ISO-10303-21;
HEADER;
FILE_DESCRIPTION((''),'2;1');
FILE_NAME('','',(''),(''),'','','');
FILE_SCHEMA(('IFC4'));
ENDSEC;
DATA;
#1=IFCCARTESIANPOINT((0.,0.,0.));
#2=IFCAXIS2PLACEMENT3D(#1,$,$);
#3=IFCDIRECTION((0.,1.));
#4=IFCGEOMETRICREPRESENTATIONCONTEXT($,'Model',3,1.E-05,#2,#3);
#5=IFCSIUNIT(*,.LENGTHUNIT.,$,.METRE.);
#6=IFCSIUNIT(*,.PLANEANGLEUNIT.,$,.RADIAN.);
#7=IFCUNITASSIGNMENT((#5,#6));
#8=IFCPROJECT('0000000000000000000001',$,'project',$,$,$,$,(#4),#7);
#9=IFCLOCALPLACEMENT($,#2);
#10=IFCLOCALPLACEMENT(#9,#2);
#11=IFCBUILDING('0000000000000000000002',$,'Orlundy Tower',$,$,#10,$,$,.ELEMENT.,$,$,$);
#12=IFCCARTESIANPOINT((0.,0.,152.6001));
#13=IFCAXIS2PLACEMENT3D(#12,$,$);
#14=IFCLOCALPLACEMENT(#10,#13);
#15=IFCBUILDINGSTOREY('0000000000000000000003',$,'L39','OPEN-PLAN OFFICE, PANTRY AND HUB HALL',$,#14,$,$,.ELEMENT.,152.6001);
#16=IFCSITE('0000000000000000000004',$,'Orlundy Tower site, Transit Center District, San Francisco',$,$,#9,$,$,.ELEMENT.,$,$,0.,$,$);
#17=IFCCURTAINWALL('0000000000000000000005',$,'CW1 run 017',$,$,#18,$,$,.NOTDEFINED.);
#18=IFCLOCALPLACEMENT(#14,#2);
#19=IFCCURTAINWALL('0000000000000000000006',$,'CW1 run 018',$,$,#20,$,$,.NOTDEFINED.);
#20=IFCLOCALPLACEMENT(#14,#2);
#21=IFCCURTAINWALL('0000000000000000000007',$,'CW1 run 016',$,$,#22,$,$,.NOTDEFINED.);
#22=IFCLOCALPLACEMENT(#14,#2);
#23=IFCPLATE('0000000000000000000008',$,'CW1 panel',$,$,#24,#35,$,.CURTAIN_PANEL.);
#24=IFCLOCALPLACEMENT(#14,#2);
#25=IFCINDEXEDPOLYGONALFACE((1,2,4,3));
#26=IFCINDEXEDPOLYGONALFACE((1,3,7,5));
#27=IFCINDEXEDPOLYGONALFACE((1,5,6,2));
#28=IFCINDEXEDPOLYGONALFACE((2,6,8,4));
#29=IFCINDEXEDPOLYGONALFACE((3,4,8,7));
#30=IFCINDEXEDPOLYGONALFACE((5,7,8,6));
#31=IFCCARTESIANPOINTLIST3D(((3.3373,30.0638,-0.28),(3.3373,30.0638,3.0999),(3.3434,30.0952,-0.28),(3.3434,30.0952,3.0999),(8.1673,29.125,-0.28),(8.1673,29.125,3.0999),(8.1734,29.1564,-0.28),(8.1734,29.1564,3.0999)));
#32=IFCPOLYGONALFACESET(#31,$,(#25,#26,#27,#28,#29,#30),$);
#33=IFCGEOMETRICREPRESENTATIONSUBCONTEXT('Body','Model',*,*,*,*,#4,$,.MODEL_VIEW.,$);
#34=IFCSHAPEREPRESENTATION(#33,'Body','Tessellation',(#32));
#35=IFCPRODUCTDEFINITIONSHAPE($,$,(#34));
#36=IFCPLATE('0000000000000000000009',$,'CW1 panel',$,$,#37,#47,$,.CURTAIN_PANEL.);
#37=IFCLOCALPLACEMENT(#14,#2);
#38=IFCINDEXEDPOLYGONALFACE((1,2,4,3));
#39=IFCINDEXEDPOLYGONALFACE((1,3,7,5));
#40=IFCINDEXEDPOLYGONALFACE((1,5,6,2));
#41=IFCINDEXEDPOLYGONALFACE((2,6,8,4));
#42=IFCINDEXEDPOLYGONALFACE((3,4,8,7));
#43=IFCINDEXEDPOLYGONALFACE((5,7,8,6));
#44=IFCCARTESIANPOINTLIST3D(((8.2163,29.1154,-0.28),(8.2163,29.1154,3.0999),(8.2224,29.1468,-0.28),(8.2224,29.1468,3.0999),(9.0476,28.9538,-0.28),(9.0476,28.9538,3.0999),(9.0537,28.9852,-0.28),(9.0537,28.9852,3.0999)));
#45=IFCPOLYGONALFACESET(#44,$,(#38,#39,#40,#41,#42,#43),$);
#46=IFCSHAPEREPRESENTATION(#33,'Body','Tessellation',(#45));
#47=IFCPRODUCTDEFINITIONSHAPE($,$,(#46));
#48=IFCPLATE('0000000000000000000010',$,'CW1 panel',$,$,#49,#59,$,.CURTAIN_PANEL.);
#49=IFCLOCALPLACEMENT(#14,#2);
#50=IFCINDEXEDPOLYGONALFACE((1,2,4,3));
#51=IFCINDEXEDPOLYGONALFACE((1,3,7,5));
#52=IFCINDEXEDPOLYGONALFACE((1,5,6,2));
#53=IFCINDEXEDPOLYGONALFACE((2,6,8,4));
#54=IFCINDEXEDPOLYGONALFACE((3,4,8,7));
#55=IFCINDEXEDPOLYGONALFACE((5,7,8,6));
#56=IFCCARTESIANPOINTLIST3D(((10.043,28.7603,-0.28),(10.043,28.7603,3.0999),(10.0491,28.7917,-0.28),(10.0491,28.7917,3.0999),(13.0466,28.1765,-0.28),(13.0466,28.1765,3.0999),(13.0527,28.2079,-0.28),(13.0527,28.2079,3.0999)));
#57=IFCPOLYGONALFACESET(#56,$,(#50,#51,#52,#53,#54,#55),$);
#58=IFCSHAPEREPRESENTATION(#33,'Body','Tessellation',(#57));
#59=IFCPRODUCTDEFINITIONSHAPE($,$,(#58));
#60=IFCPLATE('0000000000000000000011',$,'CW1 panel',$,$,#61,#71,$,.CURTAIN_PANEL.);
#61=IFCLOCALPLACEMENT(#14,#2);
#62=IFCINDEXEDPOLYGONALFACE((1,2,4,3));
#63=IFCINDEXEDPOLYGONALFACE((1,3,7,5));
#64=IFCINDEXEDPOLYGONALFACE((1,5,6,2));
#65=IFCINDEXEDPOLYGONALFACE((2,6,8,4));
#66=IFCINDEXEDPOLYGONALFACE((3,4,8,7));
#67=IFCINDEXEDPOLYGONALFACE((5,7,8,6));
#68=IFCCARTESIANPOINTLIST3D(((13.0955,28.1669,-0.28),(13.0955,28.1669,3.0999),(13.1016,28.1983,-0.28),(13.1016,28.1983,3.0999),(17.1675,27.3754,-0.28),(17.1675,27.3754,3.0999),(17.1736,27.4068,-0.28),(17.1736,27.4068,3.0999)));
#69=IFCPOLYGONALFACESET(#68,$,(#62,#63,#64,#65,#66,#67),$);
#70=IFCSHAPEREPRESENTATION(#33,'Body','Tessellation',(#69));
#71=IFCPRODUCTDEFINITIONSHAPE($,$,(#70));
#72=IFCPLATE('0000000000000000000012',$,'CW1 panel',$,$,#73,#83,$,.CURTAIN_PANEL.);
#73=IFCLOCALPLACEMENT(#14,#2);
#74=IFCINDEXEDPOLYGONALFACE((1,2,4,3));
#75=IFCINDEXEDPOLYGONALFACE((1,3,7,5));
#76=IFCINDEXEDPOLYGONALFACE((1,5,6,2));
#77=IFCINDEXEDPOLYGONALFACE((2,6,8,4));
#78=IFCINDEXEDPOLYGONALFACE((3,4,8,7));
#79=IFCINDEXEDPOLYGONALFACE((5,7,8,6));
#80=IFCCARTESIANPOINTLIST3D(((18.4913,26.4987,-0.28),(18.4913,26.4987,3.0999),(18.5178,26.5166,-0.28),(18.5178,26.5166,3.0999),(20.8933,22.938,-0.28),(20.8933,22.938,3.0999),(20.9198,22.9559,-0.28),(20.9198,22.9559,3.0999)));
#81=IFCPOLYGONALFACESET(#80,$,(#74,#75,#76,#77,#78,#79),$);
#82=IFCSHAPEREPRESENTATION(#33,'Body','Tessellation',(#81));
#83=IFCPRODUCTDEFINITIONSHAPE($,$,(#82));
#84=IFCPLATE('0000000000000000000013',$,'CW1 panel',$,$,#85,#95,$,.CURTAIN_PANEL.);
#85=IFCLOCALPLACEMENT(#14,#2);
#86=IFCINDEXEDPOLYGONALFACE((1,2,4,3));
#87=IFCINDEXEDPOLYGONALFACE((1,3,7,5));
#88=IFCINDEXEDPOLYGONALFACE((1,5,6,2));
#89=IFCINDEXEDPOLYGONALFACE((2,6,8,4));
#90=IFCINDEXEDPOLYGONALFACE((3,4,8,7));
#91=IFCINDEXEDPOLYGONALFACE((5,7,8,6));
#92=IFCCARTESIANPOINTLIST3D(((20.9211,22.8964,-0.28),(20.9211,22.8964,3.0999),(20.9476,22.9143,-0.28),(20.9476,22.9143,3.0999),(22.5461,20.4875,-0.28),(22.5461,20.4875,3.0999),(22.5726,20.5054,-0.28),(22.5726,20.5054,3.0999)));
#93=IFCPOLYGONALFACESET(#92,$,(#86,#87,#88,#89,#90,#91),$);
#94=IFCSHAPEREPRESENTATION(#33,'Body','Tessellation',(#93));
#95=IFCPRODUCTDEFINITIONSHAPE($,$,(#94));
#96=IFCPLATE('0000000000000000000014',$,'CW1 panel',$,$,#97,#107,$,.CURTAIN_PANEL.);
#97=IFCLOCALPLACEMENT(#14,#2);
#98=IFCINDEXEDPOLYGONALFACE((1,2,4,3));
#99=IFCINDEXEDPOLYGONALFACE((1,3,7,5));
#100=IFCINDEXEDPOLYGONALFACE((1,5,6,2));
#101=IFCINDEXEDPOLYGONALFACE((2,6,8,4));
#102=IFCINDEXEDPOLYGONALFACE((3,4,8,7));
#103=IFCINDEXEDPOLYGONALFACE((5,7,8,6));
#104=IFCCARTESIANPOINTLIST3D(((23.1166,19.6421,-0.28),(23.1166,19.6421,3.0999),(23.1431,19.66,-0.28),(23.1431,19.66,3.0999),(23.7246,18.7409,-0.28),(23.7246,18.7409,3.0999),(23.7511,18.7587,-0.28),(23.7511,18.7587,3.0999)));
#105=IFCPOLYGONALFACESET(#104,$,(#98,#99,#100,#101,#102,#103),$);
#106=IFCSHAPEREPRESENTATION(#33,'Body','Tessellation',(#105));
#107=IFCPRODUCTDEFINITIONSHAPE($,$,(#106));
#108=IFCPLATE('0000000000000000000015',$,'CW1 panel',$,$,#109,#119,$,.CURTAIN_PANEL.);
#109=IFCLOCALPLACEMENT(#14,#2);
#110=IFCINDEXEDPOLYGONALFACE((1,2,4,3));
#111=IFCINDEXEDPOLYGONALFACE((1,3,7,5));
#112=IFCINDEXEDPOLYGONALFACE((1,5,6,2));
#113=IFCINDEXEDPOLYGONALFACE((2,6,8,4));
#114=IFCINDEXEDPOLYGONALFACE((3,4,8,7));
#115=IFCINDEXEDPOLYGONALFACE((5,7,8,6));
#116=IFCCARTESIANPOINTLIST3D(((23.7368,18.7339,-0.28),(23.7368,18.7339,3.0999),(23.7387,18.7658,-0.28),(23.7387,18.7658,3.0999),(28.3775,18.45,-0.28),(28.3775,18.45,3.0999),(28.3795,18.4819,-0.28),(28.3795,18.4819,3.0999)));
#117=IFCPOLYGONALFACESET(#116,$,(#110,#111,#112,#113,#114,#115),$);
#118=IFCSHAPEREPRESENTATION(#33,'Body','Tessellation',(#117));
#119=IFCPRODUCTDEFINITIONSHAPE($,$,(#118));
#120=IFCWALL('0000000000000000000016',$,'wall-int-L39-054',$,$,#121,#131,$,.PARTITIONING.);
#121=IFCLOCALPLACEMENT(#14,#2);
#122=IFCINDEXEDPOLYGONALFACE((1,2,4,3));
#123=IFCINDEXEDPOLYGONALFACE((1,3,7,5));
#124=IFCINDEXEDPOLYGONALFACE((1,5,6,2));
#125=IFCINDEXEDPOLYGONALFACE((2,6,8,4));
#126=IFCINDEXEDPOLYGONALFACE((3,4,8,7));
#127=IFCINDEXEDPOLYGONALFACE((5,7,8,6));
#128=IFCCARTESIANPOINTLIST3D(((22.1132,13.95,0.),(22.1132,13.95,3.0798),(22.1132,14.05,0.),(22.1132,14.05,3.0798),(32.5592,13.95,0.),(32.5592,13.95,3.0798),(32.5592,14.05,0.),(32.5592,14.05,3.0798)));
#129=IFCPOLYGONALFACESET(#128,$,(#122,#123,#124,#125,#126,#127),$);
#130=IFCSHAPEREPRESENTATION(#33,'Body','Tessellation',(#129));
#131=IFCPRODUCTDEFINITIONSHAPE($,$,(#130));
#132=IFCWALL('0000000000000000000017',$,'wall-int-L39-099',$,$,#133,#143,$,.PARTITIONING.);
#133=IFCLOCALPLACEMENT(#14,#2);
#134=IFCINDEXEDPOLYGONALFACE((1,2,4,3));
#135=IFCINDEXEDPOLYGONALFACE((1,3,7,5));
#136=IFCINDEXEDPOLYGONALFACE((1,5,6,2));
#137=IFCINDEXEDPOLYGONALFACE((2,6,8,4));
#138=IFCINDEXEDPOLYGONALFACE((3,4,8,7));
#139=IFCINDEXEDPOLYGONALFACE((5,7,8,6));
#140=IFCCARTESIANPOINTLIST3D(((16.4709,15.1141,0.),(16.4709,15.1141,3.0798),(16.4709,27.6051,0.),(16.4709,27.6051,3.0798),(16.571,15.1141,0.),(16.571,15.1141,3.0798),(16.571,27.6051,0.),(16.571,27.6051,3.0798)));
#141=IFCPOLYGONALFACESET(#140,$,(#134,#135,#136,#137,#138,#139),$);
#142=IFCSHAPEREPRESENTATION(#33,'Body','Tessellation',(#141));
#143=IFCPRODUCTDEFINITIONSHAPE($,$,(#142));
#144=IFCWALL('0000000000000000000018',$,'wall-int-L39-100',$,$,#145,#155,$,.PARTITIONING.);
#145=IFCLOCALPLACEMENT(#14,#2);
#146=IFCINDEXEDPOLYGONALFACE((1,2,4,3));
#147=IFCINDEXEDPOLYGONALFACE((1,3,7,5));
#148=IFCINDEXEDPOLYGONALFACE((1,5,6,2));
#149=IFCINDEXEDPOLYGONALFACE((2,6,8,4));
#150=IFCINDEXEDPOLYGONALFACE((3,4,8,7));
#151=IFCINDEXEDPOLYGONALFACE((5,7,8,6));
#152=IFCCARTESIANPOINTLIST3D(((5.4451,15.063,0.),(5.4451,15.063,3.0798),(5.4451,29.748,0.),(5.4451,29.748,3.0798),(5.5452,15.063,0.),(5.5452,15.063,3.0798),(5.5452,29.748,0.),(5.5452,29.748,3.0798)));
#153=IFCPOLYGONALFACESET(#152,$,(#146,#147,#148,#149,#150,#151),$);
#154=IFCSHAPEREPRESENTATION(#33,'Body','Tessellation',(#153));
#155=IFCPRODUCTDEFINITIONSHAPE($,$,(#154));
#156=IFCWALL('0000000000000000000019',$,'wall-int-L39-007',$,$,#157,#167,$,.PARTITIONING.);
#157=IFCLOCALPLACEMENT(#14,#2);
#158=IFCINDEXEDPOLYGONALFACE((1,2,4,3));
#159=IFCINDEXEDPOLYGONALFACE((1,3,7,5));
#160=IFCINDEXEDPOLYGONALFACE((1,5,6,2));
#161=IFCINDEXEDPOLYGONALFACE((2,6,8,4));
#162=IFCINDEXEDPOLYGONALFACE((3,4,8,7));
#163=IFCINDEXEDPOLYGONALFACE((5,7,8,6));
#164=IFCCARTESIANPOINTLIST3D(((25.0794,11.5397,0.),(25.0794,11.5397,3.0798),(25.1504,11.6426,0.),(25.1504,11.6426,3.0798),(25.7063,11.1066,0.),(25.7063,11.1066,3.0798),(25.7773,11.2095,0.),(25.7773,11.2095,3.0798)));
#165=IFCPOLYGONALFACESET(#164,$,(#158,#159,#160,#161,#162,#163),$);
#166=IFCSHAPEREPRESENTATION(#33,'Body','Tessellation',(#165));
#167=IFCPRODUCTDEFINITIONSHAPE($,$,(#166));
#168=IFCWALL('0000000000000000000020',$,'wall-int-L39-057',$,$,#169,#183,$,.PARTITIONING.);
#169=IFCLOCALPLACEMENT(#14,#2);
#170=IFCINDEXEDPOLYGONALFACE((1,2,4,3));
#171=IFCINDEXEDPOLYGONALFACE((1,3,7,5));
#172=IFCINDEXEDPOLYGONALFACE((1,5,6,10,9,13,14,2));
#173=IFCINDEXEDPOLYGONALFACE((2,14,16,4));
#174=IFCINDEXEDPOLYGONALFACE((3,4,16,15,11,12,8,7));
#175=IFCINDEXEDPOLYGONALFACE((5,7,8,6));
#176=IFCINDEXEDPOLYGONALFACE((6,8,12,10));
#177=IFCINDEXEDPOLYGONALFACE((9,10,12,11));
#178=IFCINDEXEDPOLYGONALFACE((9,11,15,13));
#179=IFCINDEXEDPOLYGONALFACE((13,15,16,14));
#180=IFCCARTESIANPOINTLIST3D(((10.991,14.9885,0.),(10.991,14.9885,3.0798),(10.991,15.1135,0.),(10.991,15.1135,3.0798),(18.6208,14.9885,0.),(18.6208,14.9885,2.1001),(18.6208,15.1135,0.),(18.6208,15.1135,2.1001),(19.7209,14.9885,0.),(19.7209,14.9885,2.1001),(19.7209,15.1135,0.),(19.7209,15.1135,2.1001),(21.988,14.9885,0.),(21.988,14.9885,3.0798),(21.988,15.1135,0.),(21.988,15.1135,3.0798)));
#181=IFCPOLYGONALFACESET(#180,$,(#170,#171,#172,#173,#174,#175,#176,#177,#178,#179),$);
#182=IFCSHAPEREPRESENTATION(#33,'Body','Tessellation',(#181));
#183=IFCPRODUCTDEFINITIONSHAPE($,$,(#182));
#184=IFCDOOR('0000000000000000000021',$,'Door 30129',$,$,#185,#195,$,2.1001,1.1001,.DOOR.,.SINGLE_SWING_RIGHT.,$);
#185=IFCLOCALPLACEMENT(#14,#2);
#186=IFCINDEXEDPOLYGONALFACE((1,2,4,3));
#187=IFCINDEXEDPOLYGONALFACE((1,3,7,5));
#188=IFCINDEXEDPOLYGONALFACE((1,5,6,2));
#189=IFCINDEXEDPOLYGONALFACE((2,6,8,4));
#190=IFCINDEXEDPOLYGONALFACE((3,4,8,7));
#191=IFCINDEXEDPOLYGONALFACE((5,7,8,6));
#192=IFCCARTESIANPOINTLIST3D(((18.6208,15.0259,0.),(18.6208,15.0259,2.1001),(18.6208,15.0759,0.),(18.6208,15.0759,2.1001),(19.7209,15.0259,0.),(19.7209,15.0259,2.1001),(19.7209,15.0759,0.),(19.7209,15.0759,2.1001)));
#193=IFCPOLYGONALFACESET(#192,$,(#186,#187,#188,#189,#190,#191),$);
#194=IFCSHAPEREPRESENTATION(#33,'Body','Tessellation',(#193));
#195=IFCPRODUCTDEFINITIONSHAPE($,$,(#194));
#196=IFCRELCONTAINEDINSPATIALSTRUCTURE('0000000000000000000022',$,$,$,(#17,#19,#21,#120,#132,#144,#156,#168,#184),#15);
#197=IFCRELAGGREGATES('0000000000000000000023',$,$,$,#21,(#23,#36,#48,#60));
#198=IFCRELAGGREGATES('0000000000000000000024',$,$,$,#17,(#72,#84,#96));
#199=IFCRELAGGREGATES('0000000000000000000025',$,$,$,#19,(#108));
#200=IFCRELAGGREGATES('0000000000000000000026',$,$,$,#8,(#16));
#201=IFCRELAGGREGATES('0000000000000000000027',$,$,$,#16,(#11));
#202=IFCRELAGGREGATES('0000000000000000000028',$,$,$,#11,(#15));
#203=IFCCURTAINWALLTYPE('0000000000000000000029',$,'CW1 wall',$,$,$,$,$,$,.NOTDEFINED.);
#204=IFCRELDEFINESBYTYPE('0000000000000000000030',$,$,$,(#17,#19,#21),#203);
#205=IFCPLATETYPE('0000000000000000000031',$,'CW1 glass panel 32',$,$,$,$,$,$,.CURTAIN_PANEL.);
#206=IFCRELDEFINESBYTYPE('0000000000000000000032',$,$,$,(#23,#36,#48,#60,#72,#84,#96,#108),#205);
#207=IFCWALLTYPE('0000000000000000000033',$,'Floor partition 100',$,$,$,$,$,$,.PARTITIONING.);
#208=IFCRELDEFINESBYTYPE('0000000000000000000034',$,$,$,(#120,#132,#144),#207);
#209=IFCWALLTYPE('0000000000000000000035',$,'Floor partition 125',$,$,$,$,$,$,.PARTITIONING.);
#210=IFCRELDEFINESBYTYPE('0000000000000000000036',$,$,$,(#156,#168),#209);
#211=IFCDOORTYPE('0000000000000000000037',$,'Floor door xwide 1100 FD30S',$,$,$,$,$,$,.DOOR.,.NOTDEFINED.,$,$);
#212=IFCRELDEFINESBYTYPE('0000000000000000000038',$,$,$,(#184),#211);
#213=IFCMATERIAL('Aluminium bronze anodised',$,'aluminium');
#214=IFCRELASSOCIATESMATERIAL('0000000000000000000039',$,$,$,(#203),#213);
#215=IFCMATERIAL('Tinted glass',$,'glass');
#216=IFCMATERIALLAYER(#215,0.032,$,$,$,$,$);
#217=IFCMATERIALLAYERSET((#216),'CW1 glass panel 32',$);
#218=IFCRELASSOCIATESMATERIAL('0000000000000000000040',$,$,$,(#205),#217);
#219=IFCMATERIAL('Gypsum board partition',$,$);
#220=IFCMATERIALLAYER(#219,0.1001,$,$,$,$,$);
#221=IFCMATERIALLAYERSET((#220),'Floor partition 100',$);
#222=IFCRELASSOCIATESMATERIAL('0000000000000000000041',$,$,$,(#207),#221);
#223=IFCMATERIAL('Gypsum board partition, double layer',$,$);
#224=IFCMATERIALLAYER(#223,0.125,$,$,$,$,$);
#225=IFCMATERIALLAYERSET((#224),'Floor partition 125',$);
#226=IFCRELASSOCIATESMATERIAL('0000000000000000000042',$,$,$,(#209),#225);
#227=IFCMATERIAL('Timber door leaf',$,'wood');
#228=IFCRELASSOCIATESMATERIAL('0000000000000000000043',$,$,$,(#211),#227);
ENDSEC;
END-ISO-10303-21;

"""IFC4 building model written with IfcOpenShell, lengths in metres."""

from ifc_helpers import new_model, si_unit, direction, frame, frame_2d, origin, origin_2d, place, context, subcontext, project, spatial, rectangle, extrude, material, layer, layer_set, type_object, element, fill, aggregate, save


model = new_model("IFC4")

# Units and contexts
model_context = context("Model", 3, precision=1e-05, world=origin(), true_north=direction((0.0, 1.0)))
body_context = subcontext(model_context, "Body", "Model", "MODEL_VIEW")
ifc_project = project(units=[si_unit("LENGTHUNIT", "METRE"), si_unit("PLANEANGLEUNIT", "RADIAN")], contexts=[model_context])

# Site, building, storey
site_placement = place(None, origin())
site = spatial("IfcSite", under=ifc_project, at=site_placement, Name="Orlundy Tower site, Transit Center District, San Francisco", CompositionType="ELEMENT", RefElevation=0.0)
building_placement = place(site_placement, origin())
building = spatial("IfcBuilding", under=site, at=building_placement, Name="Orlundy Tower", CompositionType="ELEMENT")
storey_placement = place(building_placement, frame((0.0, 0.0, 152.6001)))
storey = spatial("IfcBuildingStorey", under=building, at=storey_placement, Name="L39", Description="OPEN-PLAN OFFICE, PANTRY AND HUB HALL", CompositionType="ELEMENT", Elevation=152.6001)

# Curtain walls
ifc_material_1 = material(Name="Aluminium bronze anodised", Category="aluminium")
curtain_wall_type = type_object("IfcCurtainWallType", Name="CW1 wall", PredefinedType="NOTDEFINED", material=ifc_material_1)
curtain_wall_1_placement = place(storey_placement, origin())
curtain_wall_1 = element("IfcCurtainWall", 1, at=curtain_wall_1_placement, inside=storey, type_object=curtain_wall_type, Name="CW1 run 017", PredefinedType="NOTDEFINED")
curtain_wall_2_placement = place(storey_placement, origin())
curtain_wall_2 = element("IfcCurtainWall", 2, at=curtain_wall_2_placement, inside=storey, type_object=curtain_wall_type, Name="CW1 run 018", PredefinedType="NOTDEFINED")

# Curtain wall
curtain_wall_3_placement = place(storey_placement, origin())
curtain_wall_3 = element("IfcCurtainWall", 3, at=curtain_wall_3_placement, inside=storey, type_object=curtain_wall_type, Name="CW1 run 016", PredefinedType="NOTDEFINED")

# Plates
ifc_material_2 = material(Name="Tinted glass", Category="glass")
ifc_layer_1 = layer(ifc_material_2, 0.032)
ifc_layer_set_1 = layer_set([ifc_layer_1], Name="CW1 glass panel 32")
plate_type = type_object("IfcPlateType", Name="CW1 glass panel 32", PredefinedType="CURTAIN_PANEL", material=ifc_layer_set_1)
plate_1_placement = place(storey_placement, frame((5.7554, 29.6101, -0.28), z_axis=(0.0, 0.0, 1.0), x_axis=(0.981628, -0.190805, 0.0)))
plate_1 = element("IfcPlate", 4, at=plate_1_placement, type_object=plate_type, Name="CW1 panel", PredefinedType="CURTAIN_PANEL", context=body_context, shape_type="SweptSolid", body=[
    extrude(rectangle(XDim=4.9204, YDim=0.032, at=origin_2d()), origin(), (0.0, 0.0, 1.0), 3.3799),
])
plate_2_placement = place(storey_placement, frame((8.635, 29.0503, -0.28), z_axis=(0.0, 0.0, 1.0), x_axis=(0.981628, -0.190805, 0.0)))
plate_2 = element("IfcPlate", 5, at=plate_2_placement, type_object=plate_type, Name="CW1 panel", PredefinedType="CURTAIN_PANEL", context=body_context, shape_type="SweptSolid", body=[
    extrude(rectangle(XDim=0.8469, YDim=0.032, at=origin_2d()), origin(), (0.0, 0.0, 1.0), 3.3799),
])
plate_3_placement = place(storey_placement, frame((11.5479, 28.4841, -0.28), z_axis=(0.0, 0.0, 1.0), x_axis=(0.981628, -0.190805, 0.0)))
plate_3 = element("IfcPlate", 6, at=plate_3_placement, type_object=plate_type, Name="CW1 panel", PredefinedType="CURTAIN_PANEL", context=body_context, shape_type="SweptSolid", body=[
    extrude(rectangle(XDim=3.0598, YDim=0.032, at=origin_2d()), origin(), (0.0, 0.0, 1.0), 3.3799),
])
plate_4_placement = place(storey_placement, frame((15.1345, 27.7869, -0.28), z_axis=(0.0, 0.0, 1.0), x_axis=(0.981628, -0.190805, 0.0)))
plate_4 = element("IfcPlate", 7, at=plate_4_placement, type_object=plate_type, Name="CW1 panel", PredefinedType="CURTAIN_PANEL", context=body_context, shape_type="SweptSolid", body=[
    extrude(rectangle(XDim=4.1482, YDim=0.032, at=origin_2d()), origin(), (0.0, 0.0, 1.0), 3.3799),
])
aggregate(curtain_wall_3, [plate_1, plate_2, plate_3, plate_4])
plate_5_placement = place(storey_placement, frame((19.7056, 24.7273, -0.28), z_axis=(0.0, 0.0, 1.0), x_axis=(0.559223, -0.829017, 0.0)))
plate_5 = element("IfcPlate", 8, at=plate_5_placement, type_object=plate_type, Name="CW1 panel", PredefinedType="CURTAIN_PANEL", context=body_context, shape_type="SweptSolid", body=[
    extrude(rectangle(XDim=4.2952, YDim=0.032, at=origin_2d()), origin(), (0.0, 0.0, 1.0), 3.3799),
])
plate_6_placement = place(storey_placement, frame((21.7468, 21.7009, -0.28), z_axis=(0.0, 0.0, 1.0), x_axis=(0.559223, -0.829017, 0.0)))
plate_6 = element("IfcPlate", 9, at=plate_6_placement, type_object=plate_type, Name="CW1 panel", PredefinedType="CURTAIN_PANEL", context=body_context, shape_type="SweptSolid", body=[
    extrude(rectangle(XDim=2.9058, YDim=0.032, at=origin_2d()), origin(), (0.0, 0.0, 1.0), 3.3799),
])
plate_7_placement = place(storey_placement, frame((23.4338, 19.2004, -0.28), z_axis=(0.0, 0.0, 1.0), x_axis=(0.559223, -0.829017, 0.0)))
plate_7 = element("IfcPlate", 10, at=plate_7_placement, type_object=plate_type, Name="CW1 panel", PredefinedType="CURTAIN_PANEL", context=body_context, shape_type="SweptSolid", body=[
    extrude(rectangle(XDim=1.0872, YDim=0.032, at=origin_2d()), origin(), (0.0, 0.0, 1.0), 3.3799),
])
aggregate(curtain_wall_1, [plate_5, plate_6, plate_7])
plate_8_placement = place(storey_placement, frame((26.0581, 18.6079, -0.28), z_axis=(0.0, 0.0, 1.0), x_axis=(0.998134, -0.061054, 0.0)))
plate_8 = element("IfcPlate", 11, at=plate_8_placement, type_object=plate_type, Name="CW1 panel", PredefinedType="CURTAIN_PANEL", context=body_context, shape_type="SweptSolid", body=[
    extrude(rectangle(XDim=4.6494, YDim=0.032, at=origin_2d()), origin(), (0.0, 0.0, 1.0), 3.3799),
])
aggregate(curtain_wall_2, [plate_8])

# Walls
ifc_material_3 = material(Name="Gypsum board partition")
ifc_layer_2 = layer(ifc_material_3, 0.1001)
ifc_layer_set_2 = layer_set([ifc_layer_2], Name="Floor partition 100")
wall_type_1 = type_object("IfcWallType", Name="Floor partition 100", PredefinedType="PARTITIONING", material=ifc_layer_set_2)
wall_1_placement = place(storey_placement, frame((22.113, 14.0, 0.0), z_axis=(0.0, 0.0, 1.0), x_axis=(1.0, 0.0, 0.0)))
element("IfcWall", 12, at=wall_1_placement, inside=storey, type_object=wall_type_1, Name="wall-int-L39-054", PredefinedType="PARTITIONING", context=body_context, shape_type="SweptSolid", body=[
    extrude(rectangle(XDim=10.446, YDim=0.1001, at=frame_2d((5.2231, 0.0))), origin(), (0.0, 0.0, 1.0), 3.0798),
])
wall_2_placement = place(storey_placement, frame((16.521, 15.114, 0.0), z_axis=(0.0, 0.0, 1.0), x_axis=(0.0, 1.0, 0.0)))
element("IfcWall", 13, at=wall_2_placement, inside=storey, type_object=wall_type_1, Name="wall-int-L39-099", PredefinedType="PARTITIONING", context=body_context, shape_type="SweptSolid", body=[
    extrude(rectangle(XDim=12.491, YDim=0.1001, at=frame_2d((6.2456, 0.0))), origin(), (0.0, 0.0, 1.0), 3.0798),
])
wall_3_placement = place(storey_placement, frame((5.4951, 15.063, 0.0), z_axis=(0.0, 0.0, 1.0), x_axis=(0.0, 1.0, 0.0)))
element("IfcWall", 14, at=wall_3_placement, inside=storey, type_object=wall_type_1, Name="wall-int-L39-100", PredefinedType="PARTITIONING", context=body_context, shape_type="SweptSolid", body=[
    extrude(rectangle(XDim=14.6851, YDim=0.1001, at=frame_2d((7.3425, 0.0))), origin(), (0.0, 0.0, 1.0), 3.0798),
])
ifc_material_4 = material(Name="Gypsum board partition, double layer")
ifc_layer_3 = layer(ifc_material_4, 0.125)
ifc_layer_set_3 = layer_set([ifc_layer_3], Name="Floor partition 125")
wall_type_2 = type_object("IfcWallType", Name="Floor partition 125", PredefinedType="PARTITIONING", material=ifc_layer_set_3)
wall_4_placement = place(storey_placement, frame((25.115, 11.5911, 0.0), z_axis=(0.0, 0.0, 1.0), x_axis=(0.822768, -0.568377, 0.0)))
element("IfcWall", 15, at=wall_4_placement, inside=storey, type_object=wall_type_2, Name="wall-int-L39-007", PredefinedType="PARTITIONING", context=body_context, shape_type="SweptSolid", body=[
    extrude(rectangle(XDim=0.762, YDim=0.125, at=frame_2d((0.3809, 0.0))), origin(), (0.0, 0.0, 1.0), 3.0798),
])

# Wall, opening, door
wall_5_placement = place(storey_placement, frame((10.991, 15.051, 0.0), z_axis=(0.0, 0.0, 1.0), x_axis=(1.0, 0.0, 0.0)))
wall_5 = element("IfcWall", 16, at=wall_5_placement, inside=storey, type_object=wall_type_2, Name="wall-int-L39-057", PredefinedType="PARTITIONING", context=body_context, shape_type="SweptSolid", body=[
    extrude(rectangle(XDim=10.9971, YDim=0.125, at=frame_2d((5.4985, 0.0))), origin(), (0.0, 0.0, 1.0), 3.0798),
])
opening_1_placement = place(wall_5_placement, frame((7.6299, 0.0, 0.0)))
opening_1 = element("IfcOpeningElement", 17, at=opening_1_placement, cuts=wall_5, PredefinedType="OPENING", context=body_context, shape_type="SweptSolid", body=[
    extrude(rectangle(XDim=1.1001, YDim=2.1001, at=frame_2d((0.55, 1.05))), frame((0.0, 0.0725, 0.0), z_axis=(0.0, -1.0, 0.0), x_axis=(1.0, 0.0, 0.0)), (0.0, 0.0, 1.0), 0.145),
])
ifc_material_5 = material(Name="Timber door leaf", Category="wood")
door_type = type_object("IfcDoorType", Name="Floor door xwide 1100 FD30S", OperationType="NOTDEFINED", PredefinedType="DOOR", material=ifc_material_5)
door_1_placement = place(opening_1_placement, origin())
door_1 = element("IfcDoor", 18, at=door_1_placement, inside=storey, type_object=door_type, Name="Door 30129", OperationType="SINGLE_SWING_RIGHT", OverallHeight=2.1001, OverallWidth=1.1001, PredefinedType="DOOR", context=body_context, shape_type="SweptSolid", body=[
    extrude(rectangle(XDim=1.1001, YDim=2.1001, at=frame_2d((0.55, 1.05))), frame((0.0, 0.0249, 0.0), z_axis=(0.0, -1.0, 0.0), x_axis=(1.0, 0.0, 0.0)), (0.0, 0.0, 1.0), 0.05),
])
fill(opening_1, door_1)

save(model, "model.ifc")
